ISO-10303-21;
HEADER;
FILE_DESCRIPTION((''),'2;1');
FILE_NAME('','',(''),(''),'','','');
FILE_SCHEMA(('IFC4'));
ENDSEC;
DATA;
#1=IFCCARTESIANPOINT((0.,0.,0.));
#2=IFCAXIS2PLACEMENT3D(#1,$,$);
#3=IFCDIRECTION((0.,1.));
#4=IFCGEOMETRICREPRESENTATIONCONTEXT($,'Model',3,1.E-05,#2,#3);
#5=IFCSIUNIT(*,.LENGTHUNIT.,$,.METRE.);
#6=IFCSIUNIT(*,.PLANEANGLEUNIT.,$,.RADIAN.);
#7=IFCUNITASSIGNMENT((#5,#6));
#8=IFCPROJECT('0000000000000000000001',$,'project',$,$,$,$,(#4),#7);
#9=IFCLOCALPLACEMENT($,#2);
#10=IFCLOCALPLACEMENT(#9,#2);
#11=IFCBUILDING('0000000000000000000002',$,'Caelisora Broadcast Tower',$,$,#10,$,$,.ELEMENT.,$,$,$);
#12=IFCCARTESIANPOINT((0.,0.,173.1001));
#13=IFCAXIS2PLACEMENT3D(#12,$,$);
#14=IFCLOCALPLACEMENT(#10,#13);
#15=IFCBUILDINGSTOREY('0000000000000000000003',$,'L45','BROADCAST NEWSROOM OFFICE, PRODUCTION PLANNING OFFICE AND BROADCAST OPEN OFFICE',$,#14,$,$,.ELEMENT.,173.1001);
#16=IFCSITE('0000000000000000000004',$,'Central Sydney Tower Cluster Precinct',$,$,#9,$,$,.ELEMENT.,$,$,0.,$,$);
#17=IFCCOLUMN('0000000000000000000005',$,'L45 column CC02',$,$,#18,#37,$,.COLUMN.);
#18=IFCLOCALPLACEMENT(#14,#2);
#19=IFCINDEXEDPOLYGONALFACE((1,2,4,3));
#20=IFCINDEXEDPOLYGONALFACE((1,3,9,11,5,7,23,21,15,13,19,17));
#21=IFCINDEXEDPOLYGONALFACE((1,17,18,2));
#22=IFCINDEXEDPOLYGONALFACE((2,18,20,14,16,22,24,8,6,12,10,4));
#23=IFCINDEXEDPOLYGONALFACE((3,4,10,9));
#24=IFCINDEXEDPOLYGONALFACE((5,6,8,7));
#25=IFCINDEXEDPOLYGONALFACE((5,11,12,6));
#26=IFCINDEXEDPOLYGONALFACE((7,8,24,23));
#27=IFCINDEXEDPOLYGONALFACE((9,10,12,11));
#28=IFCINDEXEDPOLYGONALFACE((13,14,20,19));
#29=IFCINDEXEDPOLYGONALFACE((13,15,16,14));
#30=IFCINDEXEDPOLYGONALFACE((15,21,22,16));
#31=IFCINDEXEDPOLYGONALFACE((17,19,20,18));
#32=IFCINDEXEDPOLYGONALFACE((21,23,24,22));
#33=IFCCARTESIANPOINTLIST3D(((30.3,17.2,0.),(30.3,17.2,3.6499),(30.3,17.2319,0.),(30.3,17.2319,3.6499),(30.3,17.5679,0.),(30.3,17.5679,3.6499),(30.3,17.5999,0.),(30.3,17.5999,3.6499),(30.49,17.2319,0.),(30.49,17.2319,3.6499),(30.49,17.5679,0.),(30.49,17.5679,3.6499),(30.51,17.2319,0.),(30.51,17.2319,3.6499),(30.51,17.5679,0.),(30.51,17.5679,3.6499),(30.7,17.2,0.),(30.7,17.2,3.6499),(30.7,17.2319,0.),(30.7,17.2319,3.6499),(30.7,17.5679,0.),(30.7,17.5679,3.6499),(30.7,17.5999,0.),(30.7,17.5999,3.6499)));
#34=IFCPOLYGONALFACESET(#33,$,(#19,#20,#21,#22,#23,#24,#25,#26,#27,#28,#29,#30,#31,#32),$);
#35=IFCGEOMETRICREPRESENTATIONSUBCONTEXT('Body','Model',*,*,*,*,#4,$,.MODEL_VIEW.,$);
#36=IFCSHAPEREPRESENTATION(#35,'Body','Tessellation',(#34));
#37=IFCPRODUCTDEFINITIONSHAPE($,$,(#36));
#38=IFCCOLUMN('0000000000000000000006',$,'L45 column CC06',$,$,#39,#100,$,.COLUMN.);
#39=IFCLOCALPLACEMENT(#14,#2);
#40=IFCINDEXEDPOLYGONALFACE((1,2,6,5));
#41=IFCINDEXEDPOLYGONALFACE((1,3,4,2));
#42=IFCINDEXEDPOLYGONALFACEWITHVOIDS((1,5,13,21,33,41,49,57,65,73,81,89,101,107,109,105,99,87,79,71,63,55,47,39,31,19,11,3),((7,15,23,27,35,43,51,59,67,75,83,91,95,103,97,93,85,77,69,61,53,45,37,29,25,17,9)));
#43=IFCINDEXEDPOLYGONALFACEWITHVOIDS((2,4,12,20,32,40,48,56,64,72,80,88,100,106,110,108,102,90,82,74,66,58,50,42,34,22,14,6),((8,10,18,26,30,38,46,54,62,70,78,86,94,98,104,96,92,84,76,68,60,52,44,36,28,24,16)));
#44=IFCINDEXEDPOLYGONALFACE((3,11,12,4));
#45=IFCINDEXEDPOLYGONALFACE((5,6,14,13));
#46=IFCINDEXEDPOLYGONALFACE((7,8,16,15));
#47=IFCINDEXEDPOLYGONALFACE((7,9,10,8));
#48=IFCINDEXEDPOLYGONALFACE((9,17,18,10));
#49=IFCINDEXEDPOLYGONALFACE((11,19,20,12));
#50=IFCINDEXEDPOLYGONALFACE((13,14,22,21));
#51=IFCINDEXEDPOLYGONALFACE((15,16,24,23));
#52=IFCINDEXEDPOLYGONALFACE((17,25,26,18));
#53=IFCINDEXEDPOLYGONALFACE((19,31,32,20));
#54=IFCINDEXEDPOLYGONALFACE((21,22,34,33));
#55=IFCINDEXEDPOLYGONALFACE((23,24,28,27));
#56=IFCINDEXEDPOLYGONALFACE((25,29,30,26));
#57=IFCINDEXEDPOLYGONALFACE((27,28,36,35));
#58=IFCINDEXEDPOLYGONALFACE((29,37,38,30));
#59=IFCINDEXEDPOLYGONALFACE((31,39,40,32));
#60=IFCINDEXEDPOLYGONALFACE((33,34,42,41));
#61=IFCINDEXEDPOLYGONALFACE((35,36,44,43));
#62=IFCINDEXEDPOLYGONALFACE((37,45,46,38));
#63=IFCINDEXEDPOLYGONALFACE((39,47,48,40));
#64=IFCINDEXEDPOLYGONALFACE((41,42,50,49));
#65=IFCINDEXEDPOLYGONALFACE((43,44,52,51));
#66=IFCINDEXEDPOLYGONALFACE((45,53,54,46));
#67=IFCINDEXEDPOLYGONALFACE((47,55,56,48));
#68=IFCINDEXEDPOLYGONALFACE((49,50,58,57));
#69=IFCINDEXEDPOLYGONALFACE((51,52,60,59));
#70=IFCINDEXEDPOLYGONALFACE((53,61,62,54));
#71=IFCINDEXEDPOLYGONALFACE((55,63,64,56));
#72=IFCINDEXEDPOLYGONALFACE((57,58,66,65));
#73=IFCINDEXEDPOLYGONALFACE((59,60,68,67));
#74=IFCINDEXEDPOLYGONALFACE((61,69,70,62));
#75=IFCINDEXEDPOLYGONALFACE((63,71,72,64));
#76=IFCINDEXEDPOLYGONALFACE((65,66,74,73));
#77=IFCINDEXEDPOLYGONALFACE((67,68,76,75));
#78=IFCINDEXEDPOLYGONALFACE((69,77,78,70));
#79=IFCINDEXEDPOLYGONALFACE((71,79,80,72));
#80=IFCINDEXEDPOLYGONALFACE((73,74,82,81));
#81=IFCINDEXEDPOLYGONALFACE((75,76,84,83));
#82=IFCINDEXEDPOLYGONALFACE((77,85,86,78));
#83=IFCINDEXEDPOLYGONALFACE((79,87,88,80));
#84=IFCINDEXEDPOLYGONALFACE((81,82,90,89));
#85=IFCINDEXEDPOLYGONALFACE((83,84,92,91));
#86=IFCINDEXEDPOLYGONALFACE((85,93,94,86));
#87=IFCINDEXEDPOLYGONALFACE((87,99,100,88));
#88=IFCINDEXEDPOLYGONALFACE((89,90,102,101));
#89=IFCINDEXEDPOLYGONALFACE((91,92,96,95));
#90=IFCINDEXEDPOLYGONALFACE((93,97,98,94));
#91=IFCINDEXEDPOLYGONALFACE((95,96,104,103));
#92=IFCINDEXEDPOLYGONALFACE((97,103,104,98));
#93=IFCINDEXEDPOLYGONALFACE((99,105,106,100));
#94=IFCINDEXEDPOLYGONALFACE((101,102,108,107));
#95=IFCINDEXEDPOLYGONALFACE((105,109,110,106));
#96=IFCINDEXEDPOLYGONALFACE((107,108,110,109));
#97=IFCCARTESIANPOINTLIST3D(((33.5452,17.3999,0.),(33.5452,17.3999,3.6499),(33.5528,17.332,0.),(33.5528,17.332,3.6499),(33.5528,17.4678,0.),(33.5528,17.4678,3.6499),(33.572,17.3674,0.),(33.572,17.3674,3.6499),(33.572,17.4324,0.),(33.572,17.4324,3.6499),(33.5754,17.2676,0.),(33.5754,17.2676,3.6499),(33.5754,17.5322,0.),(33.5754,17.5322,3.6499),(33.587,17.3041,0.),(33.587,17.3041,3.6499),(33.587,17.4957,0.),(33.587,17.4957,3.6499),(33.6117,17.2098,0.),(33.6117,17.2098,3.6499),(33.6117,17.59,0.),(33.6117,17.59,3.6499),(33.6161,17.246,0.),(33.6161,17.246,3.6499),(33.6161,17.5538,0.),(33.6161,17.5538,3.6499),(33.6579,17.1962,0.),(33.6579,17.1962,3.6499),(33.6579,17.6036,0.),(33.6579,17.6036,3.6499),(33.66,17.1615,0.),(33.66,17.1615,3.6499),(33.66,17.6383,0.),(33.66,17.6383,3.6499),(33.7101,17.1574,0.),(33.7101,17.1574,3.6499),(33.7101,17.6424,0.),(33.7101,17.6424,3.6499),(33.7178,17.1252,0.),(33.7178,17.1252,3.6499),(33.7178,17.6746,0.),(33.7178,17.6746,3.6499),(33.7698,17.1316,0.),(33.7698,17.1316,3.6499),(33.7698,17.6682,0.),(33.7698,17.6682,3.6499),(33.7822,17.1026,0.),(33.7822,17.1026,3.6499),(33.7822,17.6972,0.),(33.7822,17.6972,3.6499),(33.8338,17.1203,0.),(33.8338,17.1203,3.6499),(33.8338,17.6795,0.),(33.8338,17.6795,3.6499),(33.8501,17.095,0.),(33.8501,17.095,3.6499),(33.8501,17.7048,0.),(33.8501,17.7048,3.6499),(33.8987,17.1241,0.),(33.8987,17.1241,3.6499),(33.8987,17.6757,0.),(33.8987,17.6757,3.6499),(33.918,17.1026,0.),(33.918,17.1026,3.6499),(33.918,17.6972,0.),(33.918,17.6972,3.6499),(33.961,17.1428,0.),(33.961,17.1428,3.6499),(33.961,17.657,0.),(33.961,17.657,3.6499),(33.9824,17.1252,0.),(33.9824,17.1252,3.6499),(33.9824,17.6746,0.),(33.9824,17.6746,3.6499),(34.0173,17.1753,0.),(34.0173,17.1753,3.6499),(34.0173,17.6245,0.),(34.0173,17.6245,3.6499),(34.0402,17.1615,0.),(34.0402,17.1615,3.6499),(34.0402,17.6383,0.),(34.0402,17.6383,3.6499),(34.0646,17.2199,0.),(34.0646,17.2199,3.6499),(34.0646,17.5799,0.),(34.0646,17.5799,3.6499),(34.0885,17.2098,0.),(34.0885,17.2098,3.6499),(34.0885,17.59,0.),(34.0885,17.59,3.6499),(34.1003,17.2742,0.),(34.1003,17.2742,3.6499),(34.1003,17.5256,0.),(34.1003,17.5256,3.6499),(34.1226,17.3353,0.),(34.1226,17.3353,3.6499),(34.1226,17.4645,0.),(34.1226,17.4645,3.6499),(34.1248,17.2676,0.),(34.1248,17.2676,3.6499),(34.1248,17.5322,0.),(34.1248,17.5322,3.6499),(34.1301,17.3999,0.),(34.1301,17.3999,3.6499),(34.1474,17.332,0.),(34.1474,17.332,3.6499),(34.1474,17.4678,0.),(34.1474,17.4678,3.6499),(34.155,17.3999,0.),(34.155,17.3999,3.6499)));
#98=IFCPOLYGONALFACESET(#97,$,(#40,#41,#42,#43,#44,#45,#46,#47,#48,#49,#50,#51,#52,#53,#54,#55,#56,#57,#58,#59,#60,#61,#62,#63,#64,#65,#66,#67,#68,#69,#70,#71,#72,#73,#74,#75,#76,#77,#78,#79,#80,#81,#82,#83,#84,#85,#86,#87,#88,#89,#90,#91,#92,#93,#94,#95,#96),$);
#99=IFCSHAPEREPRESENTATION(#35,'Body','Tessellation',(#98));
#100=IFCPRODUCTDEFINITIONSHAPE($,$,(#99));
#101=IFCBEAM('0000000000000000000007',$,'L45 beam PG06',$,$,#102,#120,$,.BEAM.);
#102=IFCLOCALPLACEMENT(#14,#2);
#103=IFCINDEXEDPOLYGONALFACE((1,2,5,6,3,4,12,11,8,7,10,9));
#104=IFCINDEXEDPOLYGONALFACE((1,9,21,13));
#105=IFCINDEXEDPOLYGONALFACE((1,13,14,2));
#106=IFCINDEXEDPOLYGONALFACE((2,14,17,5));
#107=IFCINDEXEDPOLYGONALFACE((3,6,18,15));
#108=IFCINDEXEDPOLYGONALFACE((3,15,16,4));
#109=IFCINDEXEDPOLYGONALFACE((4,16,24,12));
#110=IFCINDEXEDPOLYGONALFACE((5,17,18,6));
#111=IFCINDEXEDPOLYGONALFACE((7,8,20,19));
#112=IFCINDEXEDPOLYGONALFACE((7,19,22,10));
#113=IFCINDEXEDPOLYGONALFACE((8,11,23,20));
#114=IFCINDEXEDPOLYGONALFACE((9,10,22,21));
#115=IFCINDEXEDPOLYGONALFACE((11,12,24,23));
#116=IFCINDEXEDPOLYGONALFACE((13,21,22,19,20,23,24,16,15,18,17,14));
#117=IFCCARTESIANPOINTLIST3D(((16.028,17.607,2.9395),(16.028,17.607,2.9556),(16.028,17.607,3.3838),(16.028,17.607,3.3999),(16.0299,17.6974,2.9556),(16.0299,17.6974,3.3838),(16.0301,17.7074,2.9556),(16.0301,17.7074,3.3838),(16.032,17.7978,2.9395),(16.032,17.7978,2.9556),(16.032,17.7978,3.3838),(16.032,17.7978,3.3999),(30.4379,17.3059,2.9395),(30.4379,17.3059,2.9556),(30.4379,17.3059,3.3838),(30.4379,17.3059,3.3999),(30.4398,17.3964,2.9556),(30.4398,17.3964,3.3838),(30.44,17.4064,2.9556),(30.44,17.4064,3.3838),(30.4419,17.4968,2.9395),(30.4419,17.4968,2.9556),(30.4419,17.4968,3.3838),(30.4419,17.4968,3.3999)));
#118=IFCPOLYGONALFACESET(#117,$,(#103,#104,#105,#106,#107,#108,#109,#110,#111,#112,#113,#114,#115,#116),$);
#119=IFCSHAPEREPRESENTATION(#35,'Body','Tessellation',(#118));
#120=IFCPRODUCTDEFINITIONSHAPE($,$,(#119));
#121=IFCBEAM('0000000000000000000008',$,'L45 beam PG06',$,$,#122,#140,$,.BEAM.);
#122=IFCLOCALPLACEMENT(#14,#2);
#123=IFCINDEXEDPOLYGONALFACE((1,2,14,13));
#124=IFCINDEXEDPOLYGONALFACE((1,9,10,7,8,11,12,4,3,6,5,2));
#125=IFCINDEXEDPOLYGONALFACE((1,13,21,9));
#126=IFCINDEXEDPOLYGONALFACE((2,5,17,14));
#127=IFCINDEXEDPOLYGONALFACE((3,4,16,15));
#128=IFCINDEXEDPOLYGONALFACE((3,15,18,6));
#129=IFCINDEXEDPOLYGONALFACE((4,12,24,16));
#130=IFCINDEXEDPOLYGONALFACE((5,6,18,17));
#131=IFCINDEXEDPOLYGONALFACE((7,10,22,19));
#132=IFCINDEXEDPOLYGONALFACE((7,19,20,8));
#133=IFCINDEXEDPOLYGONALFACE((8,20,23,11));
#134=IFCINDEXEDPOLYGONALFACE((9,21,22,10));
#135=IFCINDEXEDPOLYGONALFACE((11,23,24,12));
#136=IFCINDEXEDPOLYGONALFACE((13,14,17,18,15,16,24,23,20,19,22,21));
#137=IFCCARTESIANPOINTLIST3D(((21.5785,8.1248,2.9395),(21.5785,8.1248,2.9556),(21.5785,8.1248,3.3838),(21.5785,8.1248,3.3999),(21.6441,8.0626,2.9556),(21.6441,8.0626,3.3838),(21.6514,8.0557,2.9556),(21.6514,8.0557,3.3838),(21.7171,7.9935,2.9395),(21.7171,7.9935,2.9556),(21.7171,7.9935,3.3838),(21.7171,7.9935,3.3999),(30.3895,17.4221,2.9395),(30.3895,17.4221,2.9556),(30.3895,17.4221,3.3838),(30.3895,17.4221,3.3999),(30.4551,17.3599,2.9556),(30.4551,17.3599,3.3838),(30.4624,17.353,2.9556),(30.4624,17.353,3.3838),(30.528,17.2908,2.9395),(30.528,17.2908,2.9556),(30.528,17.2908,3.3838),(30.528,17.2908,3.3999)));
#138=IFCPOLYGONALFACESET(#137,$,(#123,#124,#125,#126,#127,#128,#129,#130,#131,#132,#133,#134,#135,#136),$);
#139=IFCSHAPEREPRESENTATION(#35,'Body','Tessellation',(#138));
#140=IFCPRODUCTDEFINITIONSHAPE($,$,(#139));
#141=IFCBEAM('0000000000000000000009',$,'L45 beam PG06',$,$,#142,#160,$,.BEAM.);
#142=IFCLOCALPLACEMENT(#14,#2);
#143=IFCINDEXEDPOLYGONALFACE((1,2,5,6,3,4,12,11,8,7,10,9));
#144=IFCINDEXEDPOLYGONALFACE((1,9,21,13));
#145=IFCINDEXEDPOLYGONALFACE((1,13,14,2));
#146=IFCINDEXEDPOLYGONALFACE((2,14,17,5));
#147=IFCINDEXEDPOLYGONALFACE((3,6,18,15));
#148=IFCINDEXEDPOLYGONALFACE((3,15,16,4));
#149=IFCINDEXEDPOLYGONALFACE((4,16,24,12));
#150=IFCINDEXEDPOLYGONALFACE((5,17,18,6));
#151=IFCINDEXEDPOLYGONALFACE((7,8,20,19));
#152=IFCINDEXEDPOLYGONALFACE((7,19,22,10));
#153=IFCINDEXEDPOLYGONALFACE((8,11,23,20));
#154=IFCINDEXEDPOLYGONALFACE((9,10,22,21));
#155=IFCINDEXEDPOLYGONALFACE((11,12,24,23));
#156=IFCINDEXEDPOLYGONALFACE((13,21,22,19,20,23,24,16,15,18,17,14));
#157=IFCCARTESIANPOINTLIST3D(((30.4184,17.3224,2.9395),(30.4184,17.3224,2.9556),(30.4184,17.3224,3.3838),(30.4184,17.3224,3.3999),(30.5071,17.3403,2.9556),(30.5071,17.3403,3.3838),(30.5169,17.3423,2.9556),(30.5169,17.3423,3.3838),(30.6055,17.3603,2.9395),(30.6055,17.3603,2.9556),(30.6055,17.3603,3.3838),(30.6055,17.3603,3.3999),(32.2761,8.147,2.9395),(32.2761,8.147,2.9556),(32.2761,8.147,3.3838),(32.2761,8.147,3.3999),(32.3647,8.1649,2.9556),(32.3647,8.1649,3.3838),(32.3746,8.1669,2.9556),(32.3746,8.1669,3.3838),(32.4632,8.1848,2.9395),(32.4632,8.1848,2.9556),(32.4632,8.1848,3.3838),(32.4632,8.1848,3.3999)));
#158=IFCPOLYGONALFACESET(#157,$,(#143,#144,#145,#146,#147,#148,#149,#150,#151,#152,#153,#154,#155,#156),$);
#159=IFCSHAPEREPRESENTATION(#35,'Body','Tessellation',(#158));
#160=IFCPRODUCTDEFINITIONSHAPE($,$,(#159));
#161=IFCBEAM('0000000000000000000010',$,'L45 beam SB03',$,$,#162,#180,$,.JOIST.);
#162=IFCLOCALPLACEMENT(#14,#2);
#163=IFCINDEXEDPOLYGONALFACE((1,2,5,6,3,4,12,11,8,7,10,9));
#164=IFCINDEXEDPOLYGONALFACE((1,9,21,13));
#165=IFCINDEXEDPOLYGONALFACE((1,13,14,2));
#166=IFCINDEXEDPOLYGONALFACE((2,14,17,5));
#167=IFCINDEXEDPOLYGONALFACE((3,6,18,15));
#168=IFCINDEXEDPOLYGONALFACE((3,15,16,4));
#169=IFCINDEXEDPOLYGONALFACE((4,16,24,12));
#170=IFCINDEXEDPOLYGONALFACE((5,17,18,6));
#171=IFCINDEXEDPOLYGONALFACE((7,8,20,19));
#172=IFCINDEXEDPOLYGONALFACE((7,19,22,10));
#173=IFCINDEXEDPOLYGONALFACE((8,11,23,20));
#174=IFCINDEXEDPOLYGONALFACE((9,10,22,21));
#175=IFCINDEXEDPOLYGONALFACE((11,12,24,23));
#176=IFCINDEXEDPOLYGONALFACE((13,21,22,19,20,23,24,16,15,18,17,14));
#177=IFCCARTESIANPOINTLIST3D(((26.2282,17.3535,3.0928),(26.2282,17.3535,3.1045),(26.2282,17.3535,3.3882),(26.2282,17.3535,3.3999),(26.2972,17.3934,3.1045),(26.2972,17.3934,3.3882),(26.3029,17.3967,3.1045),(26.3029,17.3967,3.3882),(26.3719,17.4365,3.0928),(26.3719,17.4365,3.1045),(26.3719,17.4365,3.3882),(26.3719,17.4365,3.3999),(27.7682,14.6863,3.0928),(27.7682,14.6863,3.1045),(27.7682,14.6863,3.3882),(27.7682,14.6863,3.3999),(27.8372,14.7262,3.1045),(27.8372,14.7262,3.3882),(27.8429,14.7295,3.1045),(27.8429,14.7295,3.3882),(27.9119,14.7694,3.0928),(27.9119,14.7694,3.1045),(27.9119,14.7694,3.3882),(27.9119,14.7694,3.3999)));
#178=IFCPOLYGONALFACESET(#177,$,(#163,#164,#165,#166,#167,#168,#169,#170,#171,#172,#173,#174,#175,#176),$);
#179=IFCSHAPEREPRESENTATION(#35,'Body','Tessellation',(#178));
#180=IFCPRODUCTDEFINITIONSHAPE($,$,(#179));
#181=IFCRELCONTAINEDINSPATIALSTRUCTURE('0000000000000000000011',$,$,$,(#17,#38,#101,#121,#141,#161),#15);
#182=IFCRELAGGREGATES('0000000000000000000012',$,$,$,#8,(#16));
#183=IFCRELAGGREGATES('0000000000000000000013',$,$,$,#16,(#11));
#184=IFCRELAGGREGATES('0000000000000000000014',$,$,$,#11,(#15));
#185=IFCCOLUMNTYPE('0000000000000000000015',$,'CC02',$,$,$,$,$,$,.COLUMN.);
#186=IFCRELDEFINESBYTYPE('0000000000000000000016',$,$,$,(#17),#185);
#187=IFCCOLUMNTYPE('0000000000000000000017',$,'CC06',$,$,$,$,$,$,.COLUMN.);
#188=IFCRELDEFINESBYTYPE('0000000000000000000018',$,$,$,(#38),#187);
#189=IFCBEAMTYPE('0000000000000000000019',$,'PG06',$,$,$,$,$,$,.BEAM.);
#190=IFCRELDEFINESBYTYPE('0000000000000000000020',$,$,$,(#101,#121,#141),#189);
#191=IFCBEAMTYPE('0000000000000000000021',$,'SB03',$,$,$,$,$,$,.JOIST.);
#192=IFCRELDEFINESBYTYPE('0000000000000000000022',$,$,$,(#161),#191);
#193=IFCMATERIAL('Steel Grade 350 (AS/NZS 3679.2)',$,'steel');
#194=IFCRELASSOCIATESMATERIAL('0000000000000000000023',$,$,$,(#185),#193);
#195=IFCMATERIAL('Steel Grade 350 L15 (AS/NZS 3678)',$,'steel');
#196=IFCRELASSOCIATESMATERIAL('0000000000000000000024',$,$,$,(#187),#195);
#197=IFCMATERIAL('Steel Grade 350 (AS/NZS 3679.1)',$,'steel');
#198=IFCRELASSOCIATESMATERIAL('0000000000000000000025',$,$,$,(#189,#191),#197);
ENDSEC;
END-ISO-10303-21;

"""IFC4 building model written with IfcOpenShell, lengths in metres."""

from ifc_helpers import new_model, si_unit, direction, frame, origin, origin_2d, place, context, subcontext, project, spatial, hollow_circle, i_section, extrude, source, transform, mapped, material, material_profile, profile_set, type_object, type_shapes, element, save


model = new_model("IFC4")

# Units and contexts
model_context = context("Model", 3, precision=1e-05, world=origin(), true_north=direction((0.0, 1.0)))
body_context = subcontext(model_context, "Body", "Model", "MODEL_VIEW")
ifc_project = project(units=[si_unit("LENGTHUNIT", "METRE"), si_unit("PLANEANGLEUNIT", "RADIAN")], contexts=[model_context])

# Site, building, storey
site_placement = place(None, origin())
site = spatial("IfcSite", under=ifc_project, at=site_placement, Name="Central Sydney Tower Cluster Precinct", CompositionType="ELEMENT", RefElevation=0.0)
building_placement = place(site_placement, origin())
building = spatial("IfcBuilding", under=site, at=building_placement, Name="Caelisora Broadcast Tower", CompositionType="ELEMENT")
storey_placement = place(building_placement, frame((0.0, 0.0, 173.1001)))
storey = spatial("IfcBuildingStorey", under=building, at=storey_placement, Name="L45", Description="BROADCAST NEWSROOM OFFICE, PRODUCTION PLANNING OFFICE AND BROADCAST OPEN OFFICE", CompositionType="ELEMENT", Elevation=173.1001)

# Columns
ifc_material_1 = material(Name="Steel Grade 350 (AS/NZS 3679.2)", Category="steel")
ifc_material_profile_1 = material_profile(ifc_material_1, i_section(OverallWidth=0.3999, OverallDepth=0.3999, WebThickness=0.02, FlangeThickness=0.032, at=origin_2d()), Name="Steel Grade 350 (AS/NZS 3679.2)")
ifc_profile_set_1 = profile_set([ifc_material_profile_1], Name="Steel Grade 350 (AS/NZS 3679.2)")
column_type_1 = type_object("IfcColumnType", Name="CC02", PredefinedType="COLUMN", material=ifc_profile_set_1)
shared_shape_1 = source(origin(), body_context, "Body", "SweptSolid", [
    extrude(i_section(OverallWidth=0.3999, OverallDepth=0.3999, WebThickness=0.02, FlangeThickness=0.032, at=origin_2d()), origin(), (0.0, 0.0, 1.0), 3.6499),
])
type_shapes(column_type_1, [shared_shape_1])
column_1_placement = place(storey_placement, frame((30.5, 17.3999, 0.0), z_axis=(0.0, 0.0, 1.0), x_axis=(1.0, 0.0, 0.0)))
element("IfcColumn", 1, at=column_1_placement, inside=storey, type_object=column_type_1, Name="L45 column CC02", PredefinedType="COLUMN", context=body_context, shape_type="MappedRepresentation", body=[
    mapped(shared_shape_1, transform((0.0, 0.0, 0.0), scale=1.0)),
])
ifc_material_2 = material(Name="Steel Grade 350 L15 (AS/NZS 3678)", Category="steel")
ifc_material_profile_2 = material_profile(ifc_material_2, hollow_circle(Radius=0.3049, WallThickness=0.0249, at=origin_2d()), Name="Steel Grade 350 L15 (AS/NZS 3678)")
ifc_profile_set_2 = profile_set([ifc_material_profile_2], Name="Steel Grade 350 L15 (AS/NZS 3678)")
column_type_2 = type_object("IfcColumnType", Name="CC06", PredefinedType="COLUMN", material=ifc_profile_set_2)
shared_shape_2 = source(origin(), body_context, "Body", "SweptSolid", [
    extrude(hollow_circle(Radius=0.3049, WallThickness=0.0249, at=origin_2d()), origin(), (0.0, 0.0, 1.0), 3.6499),
])
type_shapes(column_type_2, [shared_shape_2])
column_2_placement = place(storey_placement, frame((33.8501, 17.3999, 0.0), z_axis=(0.0, 0.0, 1.0), x_axis=(1.0, 0.0, 0.0)))
element("IfcColumn", 2, at=column_2_placement, inside=storey, type_object=column_type_2, Name="L45 column CC06", PredefinedType="COLUMN", context=body_context, shape_type="MappedRepresentation", body=[
    mapped(shared_shape_2, transform((0.0, 0.0, 0.0), scale=1.0)),
])

# Beams
ifc_material_3 = material(Name="Steel Grade 350 (AS/NZS 3679.1)", Category="steel")
ifc_material_profile_3 = material_profile(ifc_material_3, i_section(OverallWidth=0.1909, OverallDepth=0.4604, WebThickness=0.01, FlangeThickness=0.0161, at=origin_2d()), Name="Steel Grade 350 (AS/NZS 3679.1)")
ifc_profile_set_3 = profile_set([ifc_material_profile_3], Name="Steel Grade 350 (AS/NZS 3679.1)")
beam_type_1 = type_object("IfcBeamType", Name="PG06", PredefinedType="BEAM", material=ifc_profile_set_3)
shared_shape_3 = source(origin(), body_context, "Body", "SweptSolid", [
    extrude(i_section(OverallWidth=0.1909, OverallDepth=0.4604, WebThickness=0.01, FlangeThickness=0.0161, at=origin_2d()), origin(), (0.0, 0.0, 1.0), 14.4131),
])
beam_1_placement = place(storey_placement, frame((30.4399, 17.4014, 3.1697), z_axis=(-0.999782, 0.020886, 0.0), x_axis=(-0.020886, -0.999782, 0.0)))
element("IfcBeam", 3, at=beam_1_placement, inside=storey, type_object=beam_type_1, Name="L45 beam PG06", PredefinedType="BEAM", context=body_context, shape_type="MappedRepresentation", body=[
    mapped(shared_shape_3, transform((0.0, 0.0, 0.0), scale=1.0)),
])
shared_shape_4 = source(origin(), body_context, "Body", "SweptSolid", [
    extrude(i_section(OverallWidth=0.1909, OverallDepth=0.4604, WebThickness=0.01, FlangeThickness=0.0161, at=origin_2d()), origin(), (0.0, 0.0, 1.0), 12.8091),
])
beam_2_placement = place(storey_placement, frame((30.4587, 17.3564, 3.1697), z_axis=(-0.687868, -0.725835, 0.0), x_axis=(0.725835, -0.687868, 0.0)))
element("IfcBeam", 4, at=beam_2_placement, inside=storey, type_object=beam_type_1, Name="L45 beam PG06", PredefinedType="BEAM", context=body_context, shape_type="MappedRepresentation", body=[
    mapped(shared_shape_4, transform((0.0, 0.0, 0.0), scale=1.0)),
])
shared_shape_5 = source(origin(), body_context, "Body", "SweptSolid", [
    extrude(i_section(OverallWidth=0.1909, OverallDepth=0.4604, WebThickness=0.01, FlangeThickness=0.0161, at=origin_2d()), origin(), (0.0, 0.0, 1.0), 9.3616),
])
type_shapes(beam_type_1, [shared_shape_3, shared_shape_4, shared_shape_5])
beam_3_placement = place(storey_placement, frame((30.512, 17.3413, 3.1697), z_axis=(0.198438, -0.980114, 0.0), x_axis=(0.980114, 0.198438, 0.0)))
element("IfcBeam", 5, at=beam_3_placement, inside=storey, type_object=beam_type_1, Name="L45 beam PG06", PredefinedType="BEAM", context=body_context, shape_type="MappedRepresentation", body=[
    mapped(shared_shape_5, transform((0.0, 0.0, 0.0), scale=1.0)),
])
ifc_material_profile_4 = material_profile(ifc_material_3, i_section(OverallWidth=0.166, OverallDepth=0.3071, WebThickness=0.0066, FlangeThickness=0.0117, at=origin_2d()), Name="Steel Grade 350 (AS/NZS 3679.1)")
ifc_profile_set_4 = profile_set([ifc_material_profile_4], Name="Steel Grade 350 (AS/NZS 3679.1)")
beam_type_2 = type_object("IfcBeamType", Name="SB03", PredefinedType="JOIST", material=ifc_profile_set_4)
shared_shape_6 = source(origin(), body_context, "Body", "SweptSolid", [
    extrude(i_section(OverallWidth=0.166, OverallDepth=0.3071, WebThickness=0.0066, FlangeThickness=0.0117, at=origin_2d()), origin(), (0.0, 0.0, 1.0), 3.0798),
])
beam_4_placement = place(storey_placement, frame((26.3, 17.395, 3.2463), z_axis=(0.500027, -0.86601, 0.0), x_axis=(0.86601, 0.500027, 0.0)))
element("IfcBeam", 6, at=beam_4_placement, inside=storey, type_object=beam_type_2, Name="L45 beam SB03", PredefinedType="JOIST", context=body_context, shape_type="MappedRepresentation", body=[
    mapped(shared_shape_6, transform((0.0, 0.0, 0.0), scale=1.0)),
])

save(model, "model.ifc")
